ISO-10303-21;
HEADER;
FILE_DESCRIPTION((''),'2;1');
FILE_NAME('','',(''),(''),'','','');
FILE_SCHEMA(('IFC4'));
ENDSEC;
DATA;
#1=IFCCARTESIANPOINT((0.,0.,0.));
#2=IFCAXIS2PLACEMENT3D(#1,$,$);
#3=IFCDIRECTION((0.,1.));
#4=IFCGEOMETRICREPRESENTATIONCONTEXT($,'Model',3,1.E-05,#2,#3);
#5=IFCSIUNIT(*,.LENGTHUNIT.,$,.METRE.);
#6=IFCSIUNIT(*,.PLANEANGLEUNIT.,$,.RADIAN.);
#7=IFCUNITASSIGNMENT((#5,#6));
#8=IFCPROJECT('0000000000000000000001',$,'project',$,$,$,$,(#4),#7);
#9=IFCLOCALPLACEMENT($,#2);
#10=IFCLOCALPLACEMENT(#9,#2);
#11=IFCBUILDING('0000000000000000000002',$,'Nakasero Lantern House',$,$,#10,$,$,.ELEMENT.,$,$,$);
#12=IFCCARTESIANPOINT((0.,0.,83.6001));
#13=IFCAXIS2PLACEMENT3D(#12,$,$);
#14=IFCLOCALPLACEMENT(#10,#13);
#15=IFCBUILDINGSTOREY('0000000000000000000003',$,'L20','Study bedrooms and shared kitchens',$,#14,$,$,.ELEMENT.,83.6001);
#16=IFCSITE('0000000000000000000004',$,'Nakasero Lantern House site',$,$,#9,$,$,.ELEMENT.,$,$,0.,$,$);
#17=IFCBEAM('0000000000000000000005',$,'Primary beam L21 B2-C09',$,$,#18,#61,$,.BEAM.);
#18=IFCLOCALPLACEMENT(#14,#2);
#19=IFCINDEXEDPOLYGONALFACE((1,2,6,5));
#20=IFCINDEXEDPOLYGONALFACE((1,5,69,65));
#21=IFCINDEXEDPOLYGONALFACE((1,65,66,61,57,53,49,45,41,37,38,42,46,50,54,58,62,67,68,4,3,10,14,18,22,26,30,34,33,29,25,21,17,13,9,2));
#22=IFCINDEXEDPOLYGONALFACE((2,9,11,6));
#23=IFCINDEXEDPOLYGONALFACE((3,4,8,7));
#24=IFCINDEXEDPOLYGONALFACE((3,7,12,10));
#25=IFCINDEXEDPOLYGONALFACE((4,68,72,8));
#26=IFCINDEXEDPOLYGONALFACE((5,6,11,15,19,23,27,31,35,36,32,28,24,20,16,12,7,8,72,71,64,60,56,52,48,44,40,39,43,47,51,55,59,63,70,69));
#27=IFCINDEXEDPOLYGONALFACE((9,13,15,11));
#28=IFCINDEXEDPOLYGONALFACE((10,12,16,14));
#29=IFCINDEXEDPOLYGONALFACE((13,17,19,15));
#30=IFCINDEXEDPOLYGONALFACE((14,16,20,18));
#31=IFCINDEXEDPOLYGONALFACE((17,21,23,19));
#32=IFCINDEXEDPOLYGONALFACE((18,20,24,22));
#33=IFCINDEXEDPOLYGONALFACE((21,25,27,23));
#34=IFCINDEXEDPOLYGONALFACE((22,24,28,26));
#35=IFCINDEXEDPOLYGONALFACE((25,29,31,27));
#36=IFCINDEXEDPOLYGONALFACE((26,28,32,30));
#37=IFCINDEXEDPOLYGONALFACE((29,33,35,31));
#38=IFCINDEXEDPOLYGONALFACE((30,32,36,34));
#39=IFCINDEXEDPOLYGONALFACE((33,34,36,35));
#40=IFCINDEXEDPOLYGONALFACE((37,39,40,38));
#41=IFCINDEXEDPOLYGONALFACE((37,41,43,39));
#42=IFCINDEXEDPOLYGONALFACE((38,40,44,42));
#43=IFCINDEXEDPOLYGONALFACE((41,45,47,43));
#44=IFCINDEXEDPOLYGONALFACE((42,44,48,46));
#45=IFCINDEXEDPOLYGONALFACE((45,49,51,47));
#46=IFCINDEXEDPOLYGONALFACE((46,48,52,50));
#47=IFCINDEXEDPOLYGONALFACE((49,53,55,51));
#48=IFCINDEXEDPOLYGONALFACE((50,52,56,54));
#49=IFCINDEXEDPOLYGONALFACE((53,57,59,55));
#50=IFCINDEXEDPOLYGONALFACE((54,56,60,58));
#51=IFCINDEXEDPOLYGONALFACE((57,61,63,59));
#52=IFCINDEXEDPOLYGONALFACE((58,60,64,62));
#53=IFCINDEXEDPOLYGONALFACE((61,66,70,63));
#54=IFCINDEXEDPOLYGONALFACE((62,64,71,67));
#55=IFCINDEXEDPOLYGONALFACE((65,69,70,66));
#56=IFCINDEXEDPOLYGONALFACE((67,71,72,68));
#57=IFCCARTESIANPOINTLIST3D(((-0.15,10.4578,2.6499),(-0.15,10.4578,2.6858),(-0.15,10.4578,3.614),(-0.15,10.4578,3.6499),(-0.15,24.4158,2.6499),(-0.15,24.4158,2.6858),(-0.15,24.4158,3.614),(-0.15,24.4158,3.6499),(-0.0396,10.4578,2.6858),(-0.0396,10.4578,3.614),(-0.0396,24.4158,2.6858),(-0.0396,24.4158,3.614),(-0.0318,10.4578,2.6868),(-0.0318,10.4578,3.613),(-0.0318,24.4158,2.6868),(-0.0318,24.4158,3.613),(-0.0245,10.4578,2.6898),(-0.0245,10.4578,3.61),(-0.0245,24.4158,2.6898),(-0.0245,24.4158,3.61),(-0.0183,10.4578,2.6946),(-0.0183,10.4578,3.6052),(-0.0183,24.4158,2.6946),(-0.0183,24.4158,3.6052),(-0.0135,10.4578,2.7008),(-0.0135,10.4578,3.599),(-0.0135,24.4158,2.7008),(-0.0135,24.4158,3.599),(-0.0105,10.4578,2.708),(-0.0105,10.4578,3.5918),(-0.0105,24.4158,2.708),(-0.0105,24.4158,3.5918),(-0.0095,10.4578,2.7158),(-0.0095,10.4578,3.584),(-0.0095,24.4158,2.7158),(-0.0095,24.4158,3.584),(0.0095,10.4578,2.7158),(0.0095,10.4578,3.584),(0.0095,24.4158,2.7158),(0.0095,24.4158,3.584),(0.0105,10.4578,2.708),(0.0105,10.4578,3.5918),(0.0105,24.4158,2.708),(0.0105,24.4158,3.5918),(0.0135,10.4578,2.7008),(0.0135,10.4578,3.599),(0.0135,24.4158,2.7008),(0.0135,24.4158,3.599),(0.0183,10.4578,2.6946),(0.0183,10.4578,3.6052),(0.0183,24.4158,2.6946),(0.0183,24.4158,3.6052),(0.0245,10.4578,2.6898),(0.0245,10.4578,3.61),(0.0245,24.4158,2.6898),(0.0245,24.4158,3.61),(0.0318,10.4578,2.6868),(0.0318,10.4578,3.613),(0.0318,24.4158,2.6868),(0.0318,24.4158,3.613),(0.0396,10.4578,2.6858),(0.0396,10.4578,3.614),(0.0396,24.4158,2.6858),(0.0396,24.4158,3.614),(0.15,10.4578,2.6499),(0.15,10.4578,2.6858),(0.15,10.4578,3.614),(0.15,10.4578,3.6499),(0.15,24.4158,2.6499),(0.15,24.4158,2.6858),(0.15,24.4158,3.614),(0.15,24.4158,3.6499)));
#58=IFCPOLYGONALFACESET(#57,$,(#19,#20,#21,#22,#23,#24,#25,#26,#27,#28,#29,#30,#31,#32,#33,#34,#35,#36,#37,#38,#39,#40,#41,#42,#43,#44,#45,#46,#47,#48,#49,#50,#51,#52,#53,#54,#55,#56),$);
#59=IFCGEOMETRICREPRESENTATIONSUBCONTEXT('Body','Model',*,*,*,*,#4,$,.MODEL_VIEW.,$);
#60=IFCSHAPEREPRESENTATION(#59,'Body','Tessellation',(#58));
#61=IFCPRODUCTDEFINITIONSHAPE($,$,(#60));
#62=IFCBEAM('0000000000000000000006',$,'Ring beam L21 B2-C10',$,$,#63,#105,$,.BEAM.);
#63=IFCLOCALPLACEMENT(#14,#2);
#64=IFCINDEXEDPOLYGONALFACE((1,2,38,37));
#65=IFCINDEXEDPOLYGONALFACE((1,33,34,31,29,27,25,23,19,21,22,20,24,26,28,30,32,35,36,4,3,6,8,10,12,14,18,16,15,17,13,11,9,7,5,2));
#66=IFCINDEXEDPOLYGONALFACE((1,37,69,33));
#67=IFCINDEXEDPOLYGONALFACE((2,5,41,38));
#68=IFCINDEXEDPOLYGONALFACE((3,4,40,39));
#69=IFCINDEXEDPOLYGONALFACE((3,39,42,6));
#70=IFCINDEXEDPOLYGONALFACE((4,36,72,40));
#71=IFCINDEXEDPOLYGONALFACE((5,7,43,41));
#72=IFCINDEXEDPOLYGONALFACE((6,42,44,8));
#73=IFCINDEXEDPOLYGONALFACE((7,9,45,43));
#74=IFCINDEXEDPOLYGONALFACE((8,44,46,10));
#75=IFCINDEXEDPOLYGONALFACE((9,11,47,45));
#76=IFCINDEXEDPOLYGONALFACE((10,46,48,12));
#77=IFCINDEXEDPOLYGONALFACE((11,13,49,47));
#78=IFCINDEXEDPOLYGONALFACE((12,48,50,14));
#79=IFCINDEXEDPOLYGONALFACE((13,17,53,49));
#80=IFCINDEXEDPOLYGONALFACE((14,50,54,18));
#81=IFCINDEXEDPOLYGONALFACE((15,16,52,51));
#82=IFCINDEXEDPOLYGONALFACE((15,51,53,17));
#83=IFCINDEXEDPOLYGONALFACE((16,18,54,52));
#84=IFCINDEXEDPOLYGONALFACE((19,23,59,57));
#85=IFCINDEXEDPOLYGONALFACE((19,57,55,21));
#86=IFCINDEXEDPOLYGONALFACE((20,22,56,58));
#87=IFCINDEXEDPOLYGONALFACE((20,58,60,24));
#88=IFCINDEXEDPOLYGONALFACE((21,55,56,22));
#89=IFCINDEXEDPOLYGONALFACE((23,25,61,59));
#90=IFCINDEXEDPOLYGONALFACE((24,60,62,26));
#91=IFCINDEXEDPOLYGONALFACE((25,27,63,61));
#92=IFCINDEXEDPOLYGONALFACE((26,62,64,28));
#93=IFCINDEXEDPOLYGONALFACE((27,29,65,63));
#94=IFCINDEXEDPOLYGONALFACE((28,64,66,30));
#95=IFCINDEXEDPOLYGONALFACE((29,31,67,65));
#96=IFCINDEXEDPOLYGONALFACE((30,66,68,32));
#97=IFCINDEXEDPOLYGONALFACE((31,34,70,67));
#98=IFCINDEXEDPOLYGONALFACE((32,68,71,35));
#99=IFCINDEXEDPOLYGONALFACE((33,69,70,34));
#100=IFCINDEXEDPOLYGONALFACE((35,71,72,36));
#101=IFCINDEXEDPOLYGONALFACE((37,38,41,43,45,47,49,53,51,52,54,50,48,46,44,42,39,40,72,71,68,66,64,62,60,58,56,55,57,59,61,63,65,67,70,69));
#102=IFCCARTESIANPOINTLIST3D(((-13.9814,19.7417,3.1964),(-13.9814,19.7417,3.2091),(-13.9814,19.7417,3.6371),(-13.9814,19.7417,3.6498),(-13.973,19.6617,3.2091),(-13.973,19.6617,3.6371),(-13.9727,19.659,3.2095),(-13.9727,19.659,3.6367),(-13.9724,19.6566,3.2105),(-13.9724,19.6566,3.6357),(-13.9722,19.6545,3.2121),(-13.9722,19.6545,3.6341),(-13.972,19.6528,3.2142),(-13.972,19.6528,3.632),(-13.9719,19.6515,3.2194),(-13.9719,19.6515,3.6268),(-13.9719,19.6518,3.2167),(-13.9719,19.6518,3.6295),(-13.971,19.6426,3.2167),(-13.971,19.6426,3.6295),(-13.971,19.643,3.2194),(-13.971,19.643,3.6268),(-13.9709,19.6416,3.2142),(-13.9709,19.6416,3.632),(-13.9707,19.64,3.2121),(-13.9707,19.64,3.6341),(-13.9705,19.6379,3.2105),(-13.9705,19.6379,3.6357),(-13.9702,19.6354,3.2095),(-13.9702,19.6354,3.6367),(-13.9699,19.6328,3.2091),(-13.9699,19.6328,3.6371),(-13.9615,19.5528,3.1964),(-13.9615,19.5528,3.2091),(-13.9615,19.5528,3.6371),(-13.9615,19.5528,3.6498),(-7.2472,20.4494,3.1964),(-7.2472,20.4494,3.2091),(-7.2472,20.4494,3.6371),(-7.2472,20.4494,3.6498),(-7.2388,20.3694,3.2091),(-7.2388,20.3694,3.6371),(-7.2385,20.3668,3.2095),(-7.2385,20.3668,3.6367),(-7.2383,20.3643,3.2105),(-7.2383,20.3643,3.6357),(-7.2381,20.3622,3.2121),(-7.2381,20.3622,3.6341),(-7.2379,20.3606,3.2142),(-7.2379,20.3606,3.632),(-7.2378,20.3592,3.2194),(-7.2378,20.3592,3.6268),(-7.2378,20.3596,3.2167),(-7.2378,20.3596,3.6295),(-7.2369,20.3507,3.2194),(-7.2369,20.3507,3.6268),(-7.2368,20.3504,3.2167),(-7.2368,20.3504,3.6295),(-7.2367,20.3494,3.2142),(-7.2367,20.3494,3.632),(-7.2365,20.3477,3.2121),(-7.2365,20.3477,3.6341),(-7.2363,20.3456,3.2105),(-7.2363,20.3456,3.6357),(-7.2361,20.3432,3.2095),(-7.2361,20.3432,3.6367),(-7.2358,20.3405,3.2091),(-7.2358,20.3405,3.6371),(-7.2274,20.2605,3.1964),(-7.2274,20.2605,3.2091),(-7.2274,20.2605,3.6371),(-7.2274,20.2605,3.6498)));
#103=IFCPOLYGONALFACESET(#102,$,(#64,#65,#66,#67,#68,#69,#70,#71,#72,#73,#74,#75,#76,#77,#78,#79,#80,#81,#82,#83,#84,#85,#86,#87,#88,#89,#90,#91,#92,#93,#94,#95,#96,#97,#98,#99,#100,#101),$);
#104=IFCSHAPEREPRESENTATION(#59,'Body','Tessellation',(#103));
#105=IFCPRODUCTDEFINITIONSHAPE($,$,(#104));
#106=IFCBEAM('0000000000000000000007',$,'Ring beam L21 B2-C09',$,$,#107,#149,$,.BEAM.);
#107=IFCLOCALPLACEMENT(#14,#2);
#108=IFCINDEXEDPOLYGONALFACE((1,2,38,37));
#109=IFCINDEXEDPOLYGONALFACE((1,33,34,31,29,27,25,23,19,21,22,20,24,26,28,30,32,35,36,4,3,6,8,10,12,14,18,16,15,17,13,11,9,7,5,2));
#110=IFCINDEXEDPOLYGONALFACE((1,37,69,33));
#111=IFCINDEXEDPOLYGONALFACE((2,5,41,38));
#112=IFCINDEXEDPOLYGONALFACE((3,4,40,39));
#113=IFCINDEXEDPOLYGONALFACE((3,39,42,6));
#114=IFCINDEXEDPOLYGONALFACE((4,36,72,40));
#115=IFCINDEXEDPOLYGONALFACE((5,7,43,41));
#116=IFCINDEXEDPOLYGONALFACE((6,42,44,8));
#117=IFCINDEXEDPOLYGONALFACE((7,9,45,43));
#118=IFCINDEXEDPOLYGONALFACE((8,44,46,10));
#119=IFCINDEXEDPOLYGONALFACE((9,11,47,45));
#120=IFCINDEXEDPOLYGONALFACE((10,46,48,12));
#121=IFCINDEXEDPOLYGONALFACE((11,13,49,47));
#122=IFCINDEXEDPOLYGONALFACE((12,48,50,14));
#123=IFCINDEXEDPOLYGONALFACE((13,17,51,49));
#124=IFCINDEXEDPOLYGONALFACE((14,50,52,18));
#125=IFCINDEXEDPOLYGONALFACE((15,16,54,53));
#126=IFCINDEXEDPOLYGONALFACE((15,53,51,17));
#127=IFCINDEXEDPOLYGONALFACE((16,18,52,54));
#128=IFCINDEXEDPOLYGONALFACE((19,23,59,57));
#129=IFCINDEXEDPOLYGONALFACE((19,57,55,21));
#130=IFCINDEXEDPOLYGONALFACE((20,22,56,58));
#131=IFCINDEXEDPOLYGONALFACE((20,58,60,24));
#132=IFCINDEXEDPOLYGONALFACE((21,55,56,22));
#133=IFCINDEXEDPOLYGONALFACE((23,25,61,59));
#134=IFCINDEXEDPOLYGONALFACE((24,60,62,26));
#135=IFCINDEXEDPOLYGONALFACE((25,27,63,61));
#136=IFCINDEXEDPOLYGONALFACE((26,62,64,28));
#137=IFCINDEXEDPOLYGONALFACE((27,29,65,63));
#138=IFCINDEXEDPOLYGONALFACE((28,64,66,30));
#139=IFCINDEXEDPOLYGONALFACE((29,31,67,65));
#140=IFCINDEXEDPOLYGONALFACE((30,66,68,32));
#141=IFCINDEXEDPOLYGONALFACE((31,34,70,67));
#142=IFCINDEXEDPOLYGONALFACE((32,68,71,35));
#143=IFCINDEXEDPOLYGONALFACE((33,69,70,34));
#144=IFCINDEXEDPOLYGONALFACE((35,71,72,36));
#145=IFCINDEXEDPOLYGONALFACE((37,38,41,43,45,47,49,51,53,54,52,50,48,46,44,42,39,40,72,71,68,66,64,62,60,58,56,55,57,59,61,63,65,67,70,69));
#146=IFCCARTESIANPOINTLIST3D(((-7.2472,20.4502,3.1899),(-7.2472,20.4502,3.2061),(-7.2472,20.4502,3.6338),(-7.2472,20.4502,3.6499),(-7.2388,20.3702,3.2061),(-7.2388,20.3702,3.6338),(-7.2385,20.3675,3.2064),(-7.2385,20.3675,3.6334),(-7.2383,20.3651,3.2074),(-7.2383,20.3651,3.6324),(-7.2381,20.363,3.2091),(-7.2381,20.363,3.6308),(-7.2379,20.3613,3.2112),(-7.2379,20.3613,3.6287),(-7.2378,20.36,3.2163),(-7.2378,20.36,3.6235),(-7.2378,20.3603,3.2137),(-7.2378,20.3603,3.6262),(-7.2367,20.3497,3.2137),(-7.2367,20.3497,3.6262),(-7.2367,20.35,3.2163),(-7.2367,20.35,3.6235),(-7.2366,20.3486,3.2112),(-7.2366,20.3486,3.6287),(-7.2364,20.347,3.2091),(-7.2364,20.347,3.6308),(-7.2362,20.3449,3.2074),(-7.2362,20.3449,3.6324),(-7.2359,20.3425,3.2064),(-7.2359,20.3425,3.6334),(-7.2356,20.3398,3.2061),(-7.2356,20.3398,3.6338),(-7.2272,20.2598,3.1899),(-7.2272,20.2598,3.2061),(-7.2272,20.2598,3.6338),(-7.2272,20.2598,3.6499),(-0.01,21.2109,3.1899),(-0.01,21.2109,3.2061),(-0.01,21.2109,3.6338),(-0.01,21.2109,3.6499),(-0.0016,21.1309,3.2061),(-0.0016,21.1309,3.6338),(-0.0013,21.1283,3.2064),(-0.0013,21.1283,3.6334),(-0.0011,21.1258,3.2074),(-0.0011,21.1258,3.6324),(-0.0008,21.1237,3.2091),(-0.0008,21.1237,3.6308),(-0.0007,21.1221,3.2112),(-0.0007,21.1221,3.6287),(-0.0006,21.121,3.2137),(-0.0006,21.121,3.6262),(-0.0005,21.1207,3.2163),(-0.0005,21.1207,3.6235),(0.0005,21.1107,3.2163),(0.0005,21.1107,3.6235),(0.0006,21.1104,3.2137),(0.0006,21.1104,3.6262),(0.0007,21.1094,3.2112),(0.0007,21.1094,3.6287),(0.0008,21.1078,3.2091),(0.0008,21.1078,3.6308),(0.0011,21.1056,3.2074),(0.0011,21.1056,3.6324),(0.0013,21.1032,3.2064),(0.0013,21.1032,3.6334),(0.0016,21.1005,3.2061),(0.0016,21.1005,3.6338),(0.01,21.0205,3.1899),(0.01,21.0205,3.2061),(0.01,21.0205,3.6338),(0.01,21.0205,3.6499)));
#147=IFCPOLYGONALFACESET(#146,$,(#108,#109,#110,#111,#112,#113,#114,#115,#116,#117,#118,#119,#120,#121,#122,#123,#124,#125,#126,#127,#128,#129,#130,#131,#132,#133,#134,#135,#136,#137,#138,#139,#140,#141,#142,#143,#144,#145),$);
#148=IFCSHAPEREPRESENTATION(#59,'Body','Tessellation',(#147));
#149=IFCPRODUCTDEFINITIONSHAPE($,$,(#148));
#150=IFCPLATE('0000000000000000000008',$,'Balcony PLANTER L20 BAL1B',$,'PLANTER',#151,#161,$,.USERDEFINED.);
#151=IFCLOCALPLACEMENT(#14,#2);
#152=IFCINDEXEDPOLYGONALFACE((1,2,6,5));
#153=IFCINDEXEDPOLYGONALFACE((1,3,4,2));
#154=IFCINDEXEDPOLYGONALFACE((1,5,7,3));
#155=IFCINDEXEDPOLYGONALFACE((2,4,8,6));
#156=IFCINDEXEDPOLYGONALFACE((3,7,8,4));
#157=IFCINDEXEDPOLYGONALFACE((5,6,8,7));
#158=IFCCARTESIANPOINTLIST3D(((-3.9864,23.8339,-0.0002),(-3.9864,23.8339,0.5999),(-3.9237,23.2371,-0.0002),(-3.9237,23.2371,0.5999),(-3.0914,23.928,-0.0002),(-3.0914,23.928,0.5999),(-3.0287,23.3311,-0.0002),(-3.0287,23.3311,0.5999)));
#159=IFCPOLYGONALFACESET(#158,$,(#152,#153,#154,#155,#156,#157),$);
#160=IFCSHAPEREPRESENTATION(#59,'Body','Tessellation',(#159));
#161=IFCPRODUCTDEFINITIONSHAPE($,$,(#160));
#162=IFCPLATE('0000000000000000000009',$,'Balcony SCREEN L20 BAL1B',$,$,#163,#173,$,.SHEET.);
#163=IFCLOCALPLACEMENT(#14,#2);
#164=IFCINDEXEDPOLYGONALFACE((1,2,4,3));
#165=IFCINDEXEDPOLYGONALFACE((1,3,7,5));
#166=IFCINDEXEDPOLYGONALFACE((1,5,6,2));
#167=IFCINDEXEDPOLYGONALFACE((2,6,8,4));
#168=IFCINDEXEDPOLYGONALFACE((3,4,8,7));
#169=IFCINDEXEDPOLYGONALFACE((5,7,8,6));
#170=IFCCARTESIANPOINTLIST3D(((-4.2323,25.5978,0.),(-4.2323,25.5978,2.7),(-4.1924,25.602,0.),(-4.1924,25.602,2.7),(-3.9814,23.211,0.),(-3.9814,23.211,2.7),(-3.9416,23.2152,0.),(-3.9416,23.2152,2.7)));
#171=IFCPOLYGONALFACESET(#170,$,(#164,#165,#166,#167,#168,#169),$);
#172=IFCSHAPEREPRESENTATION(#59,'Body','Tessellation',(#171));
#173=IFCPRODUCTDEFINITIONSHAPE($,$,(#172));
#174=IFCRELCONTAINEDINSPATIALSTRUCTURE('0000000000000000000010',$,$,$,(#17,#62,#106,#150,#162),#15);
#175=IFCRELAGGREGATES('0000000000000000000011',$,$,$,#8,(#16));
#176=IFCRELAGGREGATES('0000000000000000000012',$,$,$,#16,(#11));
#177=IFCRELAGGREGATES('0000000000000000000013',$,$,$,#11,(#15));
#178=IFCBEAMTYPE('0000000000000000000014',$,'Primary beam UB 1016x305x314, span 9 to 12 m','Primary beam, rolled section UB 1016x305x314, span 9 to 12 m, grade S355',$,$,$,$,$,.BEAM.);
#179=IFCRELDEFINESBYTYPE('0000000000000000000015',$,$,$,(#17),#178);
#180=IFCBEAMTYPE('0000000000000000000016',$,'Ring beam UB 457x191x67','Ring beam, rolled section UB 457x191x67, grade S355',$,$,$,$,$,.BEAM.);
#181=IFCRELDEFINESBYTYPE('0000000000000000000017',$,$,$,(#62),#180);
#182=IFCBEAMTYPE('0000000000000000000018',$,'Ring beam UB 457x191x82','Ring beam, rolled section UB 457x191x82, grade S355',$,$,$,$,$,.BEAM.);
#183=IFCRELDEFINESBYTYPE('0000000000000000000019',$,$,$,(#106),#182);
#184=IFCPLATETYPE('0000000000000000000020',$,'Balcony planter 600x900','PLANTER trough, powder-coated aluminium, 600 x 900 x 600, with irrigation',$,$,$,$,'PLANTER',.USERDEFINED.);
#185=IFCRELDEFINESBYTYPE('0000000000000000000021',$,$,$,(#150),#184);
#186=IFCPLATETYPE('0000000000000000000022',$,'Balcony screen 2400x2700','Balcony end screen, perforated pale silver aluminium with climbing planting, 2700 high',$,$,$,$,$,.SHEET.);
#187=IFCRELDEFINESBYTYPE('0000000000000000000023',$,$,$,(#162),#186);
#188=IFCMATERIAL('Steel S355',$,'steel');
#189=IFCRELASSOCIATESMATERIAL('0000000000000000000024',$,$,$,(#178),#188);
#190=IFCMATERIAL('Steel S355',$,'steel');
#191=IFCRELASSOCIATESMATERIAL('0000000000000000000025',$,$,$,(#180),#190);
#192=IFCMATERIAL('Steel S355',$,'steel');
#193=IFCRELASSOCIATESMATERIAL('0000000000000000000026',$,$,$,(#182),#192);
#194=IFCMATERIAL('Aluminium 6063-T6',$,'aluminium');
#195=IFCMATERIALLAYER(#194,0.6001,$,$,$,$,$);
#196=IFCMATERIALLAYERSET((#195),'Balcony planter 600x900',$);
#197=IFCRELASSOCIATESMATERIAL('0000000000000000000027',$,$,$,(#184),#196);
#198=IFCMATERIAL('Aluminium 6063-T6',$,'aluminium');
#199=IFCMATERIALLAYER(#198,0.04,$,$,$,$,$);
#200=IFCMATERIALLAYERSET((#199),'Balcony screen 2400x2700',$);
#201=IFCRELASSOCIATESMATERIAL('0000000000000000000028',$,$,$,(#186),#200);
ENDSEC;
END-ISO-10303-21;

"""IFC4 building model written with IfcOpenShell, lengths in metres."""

from ifc_helpers import new_model, si_unit, direction, frame, origin, origin_2d, place, context, subcontext, project, spatial, rectangle, i_section, extrude, material, layer, layer_set, material_profile, profile_set, type_object, element, save


model = new_model("IFC4")

# Units and contexts
model_context = context("Model", 3, precision=1e-05, world=origin(), true_north=direction((0.0, 1.0)))
body_context = subcontext(model_context, "Body", "Model", "MODEL_VIEW")
ifc_project = project(units=[si_unit("LENGTHUNIT", "METRE"), si_unit("PLANEANGLEUNIT", "RADIAN")], contexts=[model_context])

# Site, building, storey
site_placement = place(None, origin())
site = spatial("IfcSite", under=ifc_project, at=site_placement, Name="Nakasero Lantern House site", CompositionType="ELEMENT", RefElevation=0.0)
building_placement = place(site_placement, origin())
building = spatial("IfcBuilding", under=site, at=building_placement, Name="Nakasero Lantern House", CompositionType="ELEMENT")
storey_placement = place(building_placement, frame((0.0, 0.0, 83.6001)))
storey = spatial("IfcBuildingStorey", under=building, at=storey_placement, Name="L20", Description="Study bedrooms and shared kitchens", CompositionType="ELEMENT", Elevation=83.6001)

# Beams
ifc_material_1 = material(Name="Steel S355", Category="steel")
ifc_material_profile_1 = material_profile(ifc_material_1, i_section(OverallWidth=0.3, OverallDepth=1.0, WebThickness=0.019, FlangeThickness=0.0359, FilletRadius=0.03, at=origin_2d()), Name="UB 1016x305x314")
ifc_profile_set_1 = profile_set([ifc_material_profile_1], Name="Steel S355")
beam_type_1 = type_object("IfcBeamType", Name="Primary beam UB 1016x305x314, span 9 to 12 m", Description="Primary beam, rolled section UB 1016x305x314, span 9 to 12 m, grade S355", PredefinedType="BEAM", material=ifc_profile_set_1)
beam_1_placement = place(storey_placement, frame((0.0, 24.4158, 3.1499), z_axis=(0.0, -1.0, 0.0), x_axis=(1.0, 0.0, 0.0)))
element("IfcBeam", 1, at=beam_1_placement, inside=storey, type_object=beam_type_1, Name="Primary beam L21 B2-C09", PredefinedType="BEAM", context=body_context, shape_type="SweptSolid", body=[
    extrude(i_section(OverallWidth=0.3, OverallDepth=1.0, WebThickness=0.019, FlangeThickness=0.0359, FilletRadius=0.03, at=origin_2d()), origin(), (0.0, 0.0, 1.0), 13.958),
])
ifc_material_2 = material(Name="Steel S355", Category="steel")
ifc_material_profile_2 = material_profile(ifc_material_2, i_section(OverallWidth=0.1899, OverallDepth=0.4534, WebThickness=0.0085, FlangeThickness=0.0127, FilletRadius=0.0103, at=origin_2d()), Name="UB 457x191x67")
ifc_profile_set_2 = profile_set([ifc_material_profile_2], Name="Steel S355")
beam_type_2 = type_object("IfcBeamType", Name="Ring beam UB 457x191x67", Description="Ring beam, rolled section UB 457x191x67, grade S355", PredefinedType="BEAM", material=ifc_profile_set_2)
beam_2_placement = place(storey_placement, frame((-7.2373, 20.355, 3.4231), z_axis=(-0.994522, -0.104525, 0.0), x_axis=(0.104525, -0.994522, 0.0)))
element("IfcBeam", 2, at=beam_2_placement, inside=storey, type_object=beam_type_2, Name="Ring beam L21 B2-C10", PredefinedType="BEAM", context=body_context, shape_type="SweptSolid", body=[
    extrude(i_section(OverallWidth=0.1899, OverallDepth=0.4534, WebThickness=0.0085, FlangeThickness=0.0127, FilletRadius=0.0103, at=origin_2d()), origin(), (0.0, 0.0, 1.0), 6.7712),
])
ifc_material_3 = material(Name="Steel S355", Category="steel")
ifc_material_profile_3 = material_profile(ifc_material_3, i_section(OverallWidth=0.1914, OverallDepth=0.46, WebThickness=0.01, FlangeThickness=0.0161, FilletRadius=0.0103, at=origin_2d()), Name="UB 457x191x82")
ifc_profile_set_3 = profile_set([ifc_material_profile_3], Name="Steel S355")
beam_type_3 = type_object("IfcBeamType", Name="Ring beam UB 457x191x82", Description="Ring beam, rolled section UB 457x191x82, grade S355", PredefinedType="BEAM", material=ifc_profile_set_3)
beam_3_placement = place(storey_placement, frame((0.0, 21.1157, 3.4199), z_axis=(-0.994521, -0.104538, 0.0), x_axis=(0.104538, -0.994521, 0.0)))
element("IfcBeam", 3, at=beam_3_placement, inside=storey, type_object=beam_type_3, Name="Ring beam L21 B2-C09", PredefinedType="BEAM", context=body_context, shape_type="SweptSolid", body=[
    extrude(i_section(OverallWidth=0.1914, OverallDepth=0.46, WebThickness=0.01, FlangeThickness=0.0161, FilletRadius=0.0103, at=origin_2d()), origin(), (0.0, 0.0, 1.0), 7.2771),
])

# Plates
ifc_material_4 = material(Name="Aluminium 6063-T6", Category="aluminium")
ifc_layer_1 = layer(ifc_material_4, 0.6001)
ifc_layer_set_1 = layer_set([ifc_layer_1], Name="Balcony planter 600x900")
plate_type_1 = type_object("IfcPlateType", Name="Balcony planter 600x900", Description="PLANTER trough, powder-coated aluminium, 600 x 900 x 600, with irrigation", ElementType="PLANTER", PredefinedType="USERDEFINED", material=ifc_layer_set_1)
plate_1_placement = place(storey_placement, frame((-3.5076, 23.5825, -0.0002), z_axis=(0.0, 0.0, 1.0), x_axis=(-0.104528, 0.994522, 0.0)))
element("IfcPlate", 4, at=plate_1_placement, inside=storey, type_object=plate_type_1, Name="Balcony PLANTER L20 BAL1B", ObjectType="PLANTER", PredefinedType="USERDEFINED", context=body_context, shape_type="SweptSolid", body=[
    extrude(rectangle(XDim=0.6001, YDim=0.8999, at=origin_2d()), origin(), (0.0, 0.0, 1.0), 0.6001),
])
ifc_material_5 = material(Name="Aluminium 6063-T6", Category="aluminium")
ifc_layer_2 = layer(ifc_material_5, 0.04)
ifc_layer_set_2 = layer_set([ifc_layer_2], Name="Balcony screen 2400x2700")
plate_type_2 = type_object("IfcPlateType", Name="Balcony screen 2400x2700", Description="Balcony end screen, perforated pale silver aluminium with climbing planting, 2700 high", PredefinedType="SHEET", material=ifc_layer_set_2)
plate_2_placement = place(storey_placement, frame((-4.0869, 24.4065, 0.0), z_axis=(0.0, 0.0, 1.0), x_axis=(-0.104528, 0.994522, 0.0)))
element("IfcPlate", 5, at=plate_2_placement, inside=storey, type_object=plate_type_2, Name="Balcony SCREEN L20 BAL1B", PredefinedType="SHEET", context=body_context, shape_type="SweptSolid", body=[
    extrude(rectangle(XDim=2.3999, YDim=0.04, at=origin_2d()), origin(), (0.0, 0.0, 1.0), 2.7),
])

save(model, "model.ifc")
